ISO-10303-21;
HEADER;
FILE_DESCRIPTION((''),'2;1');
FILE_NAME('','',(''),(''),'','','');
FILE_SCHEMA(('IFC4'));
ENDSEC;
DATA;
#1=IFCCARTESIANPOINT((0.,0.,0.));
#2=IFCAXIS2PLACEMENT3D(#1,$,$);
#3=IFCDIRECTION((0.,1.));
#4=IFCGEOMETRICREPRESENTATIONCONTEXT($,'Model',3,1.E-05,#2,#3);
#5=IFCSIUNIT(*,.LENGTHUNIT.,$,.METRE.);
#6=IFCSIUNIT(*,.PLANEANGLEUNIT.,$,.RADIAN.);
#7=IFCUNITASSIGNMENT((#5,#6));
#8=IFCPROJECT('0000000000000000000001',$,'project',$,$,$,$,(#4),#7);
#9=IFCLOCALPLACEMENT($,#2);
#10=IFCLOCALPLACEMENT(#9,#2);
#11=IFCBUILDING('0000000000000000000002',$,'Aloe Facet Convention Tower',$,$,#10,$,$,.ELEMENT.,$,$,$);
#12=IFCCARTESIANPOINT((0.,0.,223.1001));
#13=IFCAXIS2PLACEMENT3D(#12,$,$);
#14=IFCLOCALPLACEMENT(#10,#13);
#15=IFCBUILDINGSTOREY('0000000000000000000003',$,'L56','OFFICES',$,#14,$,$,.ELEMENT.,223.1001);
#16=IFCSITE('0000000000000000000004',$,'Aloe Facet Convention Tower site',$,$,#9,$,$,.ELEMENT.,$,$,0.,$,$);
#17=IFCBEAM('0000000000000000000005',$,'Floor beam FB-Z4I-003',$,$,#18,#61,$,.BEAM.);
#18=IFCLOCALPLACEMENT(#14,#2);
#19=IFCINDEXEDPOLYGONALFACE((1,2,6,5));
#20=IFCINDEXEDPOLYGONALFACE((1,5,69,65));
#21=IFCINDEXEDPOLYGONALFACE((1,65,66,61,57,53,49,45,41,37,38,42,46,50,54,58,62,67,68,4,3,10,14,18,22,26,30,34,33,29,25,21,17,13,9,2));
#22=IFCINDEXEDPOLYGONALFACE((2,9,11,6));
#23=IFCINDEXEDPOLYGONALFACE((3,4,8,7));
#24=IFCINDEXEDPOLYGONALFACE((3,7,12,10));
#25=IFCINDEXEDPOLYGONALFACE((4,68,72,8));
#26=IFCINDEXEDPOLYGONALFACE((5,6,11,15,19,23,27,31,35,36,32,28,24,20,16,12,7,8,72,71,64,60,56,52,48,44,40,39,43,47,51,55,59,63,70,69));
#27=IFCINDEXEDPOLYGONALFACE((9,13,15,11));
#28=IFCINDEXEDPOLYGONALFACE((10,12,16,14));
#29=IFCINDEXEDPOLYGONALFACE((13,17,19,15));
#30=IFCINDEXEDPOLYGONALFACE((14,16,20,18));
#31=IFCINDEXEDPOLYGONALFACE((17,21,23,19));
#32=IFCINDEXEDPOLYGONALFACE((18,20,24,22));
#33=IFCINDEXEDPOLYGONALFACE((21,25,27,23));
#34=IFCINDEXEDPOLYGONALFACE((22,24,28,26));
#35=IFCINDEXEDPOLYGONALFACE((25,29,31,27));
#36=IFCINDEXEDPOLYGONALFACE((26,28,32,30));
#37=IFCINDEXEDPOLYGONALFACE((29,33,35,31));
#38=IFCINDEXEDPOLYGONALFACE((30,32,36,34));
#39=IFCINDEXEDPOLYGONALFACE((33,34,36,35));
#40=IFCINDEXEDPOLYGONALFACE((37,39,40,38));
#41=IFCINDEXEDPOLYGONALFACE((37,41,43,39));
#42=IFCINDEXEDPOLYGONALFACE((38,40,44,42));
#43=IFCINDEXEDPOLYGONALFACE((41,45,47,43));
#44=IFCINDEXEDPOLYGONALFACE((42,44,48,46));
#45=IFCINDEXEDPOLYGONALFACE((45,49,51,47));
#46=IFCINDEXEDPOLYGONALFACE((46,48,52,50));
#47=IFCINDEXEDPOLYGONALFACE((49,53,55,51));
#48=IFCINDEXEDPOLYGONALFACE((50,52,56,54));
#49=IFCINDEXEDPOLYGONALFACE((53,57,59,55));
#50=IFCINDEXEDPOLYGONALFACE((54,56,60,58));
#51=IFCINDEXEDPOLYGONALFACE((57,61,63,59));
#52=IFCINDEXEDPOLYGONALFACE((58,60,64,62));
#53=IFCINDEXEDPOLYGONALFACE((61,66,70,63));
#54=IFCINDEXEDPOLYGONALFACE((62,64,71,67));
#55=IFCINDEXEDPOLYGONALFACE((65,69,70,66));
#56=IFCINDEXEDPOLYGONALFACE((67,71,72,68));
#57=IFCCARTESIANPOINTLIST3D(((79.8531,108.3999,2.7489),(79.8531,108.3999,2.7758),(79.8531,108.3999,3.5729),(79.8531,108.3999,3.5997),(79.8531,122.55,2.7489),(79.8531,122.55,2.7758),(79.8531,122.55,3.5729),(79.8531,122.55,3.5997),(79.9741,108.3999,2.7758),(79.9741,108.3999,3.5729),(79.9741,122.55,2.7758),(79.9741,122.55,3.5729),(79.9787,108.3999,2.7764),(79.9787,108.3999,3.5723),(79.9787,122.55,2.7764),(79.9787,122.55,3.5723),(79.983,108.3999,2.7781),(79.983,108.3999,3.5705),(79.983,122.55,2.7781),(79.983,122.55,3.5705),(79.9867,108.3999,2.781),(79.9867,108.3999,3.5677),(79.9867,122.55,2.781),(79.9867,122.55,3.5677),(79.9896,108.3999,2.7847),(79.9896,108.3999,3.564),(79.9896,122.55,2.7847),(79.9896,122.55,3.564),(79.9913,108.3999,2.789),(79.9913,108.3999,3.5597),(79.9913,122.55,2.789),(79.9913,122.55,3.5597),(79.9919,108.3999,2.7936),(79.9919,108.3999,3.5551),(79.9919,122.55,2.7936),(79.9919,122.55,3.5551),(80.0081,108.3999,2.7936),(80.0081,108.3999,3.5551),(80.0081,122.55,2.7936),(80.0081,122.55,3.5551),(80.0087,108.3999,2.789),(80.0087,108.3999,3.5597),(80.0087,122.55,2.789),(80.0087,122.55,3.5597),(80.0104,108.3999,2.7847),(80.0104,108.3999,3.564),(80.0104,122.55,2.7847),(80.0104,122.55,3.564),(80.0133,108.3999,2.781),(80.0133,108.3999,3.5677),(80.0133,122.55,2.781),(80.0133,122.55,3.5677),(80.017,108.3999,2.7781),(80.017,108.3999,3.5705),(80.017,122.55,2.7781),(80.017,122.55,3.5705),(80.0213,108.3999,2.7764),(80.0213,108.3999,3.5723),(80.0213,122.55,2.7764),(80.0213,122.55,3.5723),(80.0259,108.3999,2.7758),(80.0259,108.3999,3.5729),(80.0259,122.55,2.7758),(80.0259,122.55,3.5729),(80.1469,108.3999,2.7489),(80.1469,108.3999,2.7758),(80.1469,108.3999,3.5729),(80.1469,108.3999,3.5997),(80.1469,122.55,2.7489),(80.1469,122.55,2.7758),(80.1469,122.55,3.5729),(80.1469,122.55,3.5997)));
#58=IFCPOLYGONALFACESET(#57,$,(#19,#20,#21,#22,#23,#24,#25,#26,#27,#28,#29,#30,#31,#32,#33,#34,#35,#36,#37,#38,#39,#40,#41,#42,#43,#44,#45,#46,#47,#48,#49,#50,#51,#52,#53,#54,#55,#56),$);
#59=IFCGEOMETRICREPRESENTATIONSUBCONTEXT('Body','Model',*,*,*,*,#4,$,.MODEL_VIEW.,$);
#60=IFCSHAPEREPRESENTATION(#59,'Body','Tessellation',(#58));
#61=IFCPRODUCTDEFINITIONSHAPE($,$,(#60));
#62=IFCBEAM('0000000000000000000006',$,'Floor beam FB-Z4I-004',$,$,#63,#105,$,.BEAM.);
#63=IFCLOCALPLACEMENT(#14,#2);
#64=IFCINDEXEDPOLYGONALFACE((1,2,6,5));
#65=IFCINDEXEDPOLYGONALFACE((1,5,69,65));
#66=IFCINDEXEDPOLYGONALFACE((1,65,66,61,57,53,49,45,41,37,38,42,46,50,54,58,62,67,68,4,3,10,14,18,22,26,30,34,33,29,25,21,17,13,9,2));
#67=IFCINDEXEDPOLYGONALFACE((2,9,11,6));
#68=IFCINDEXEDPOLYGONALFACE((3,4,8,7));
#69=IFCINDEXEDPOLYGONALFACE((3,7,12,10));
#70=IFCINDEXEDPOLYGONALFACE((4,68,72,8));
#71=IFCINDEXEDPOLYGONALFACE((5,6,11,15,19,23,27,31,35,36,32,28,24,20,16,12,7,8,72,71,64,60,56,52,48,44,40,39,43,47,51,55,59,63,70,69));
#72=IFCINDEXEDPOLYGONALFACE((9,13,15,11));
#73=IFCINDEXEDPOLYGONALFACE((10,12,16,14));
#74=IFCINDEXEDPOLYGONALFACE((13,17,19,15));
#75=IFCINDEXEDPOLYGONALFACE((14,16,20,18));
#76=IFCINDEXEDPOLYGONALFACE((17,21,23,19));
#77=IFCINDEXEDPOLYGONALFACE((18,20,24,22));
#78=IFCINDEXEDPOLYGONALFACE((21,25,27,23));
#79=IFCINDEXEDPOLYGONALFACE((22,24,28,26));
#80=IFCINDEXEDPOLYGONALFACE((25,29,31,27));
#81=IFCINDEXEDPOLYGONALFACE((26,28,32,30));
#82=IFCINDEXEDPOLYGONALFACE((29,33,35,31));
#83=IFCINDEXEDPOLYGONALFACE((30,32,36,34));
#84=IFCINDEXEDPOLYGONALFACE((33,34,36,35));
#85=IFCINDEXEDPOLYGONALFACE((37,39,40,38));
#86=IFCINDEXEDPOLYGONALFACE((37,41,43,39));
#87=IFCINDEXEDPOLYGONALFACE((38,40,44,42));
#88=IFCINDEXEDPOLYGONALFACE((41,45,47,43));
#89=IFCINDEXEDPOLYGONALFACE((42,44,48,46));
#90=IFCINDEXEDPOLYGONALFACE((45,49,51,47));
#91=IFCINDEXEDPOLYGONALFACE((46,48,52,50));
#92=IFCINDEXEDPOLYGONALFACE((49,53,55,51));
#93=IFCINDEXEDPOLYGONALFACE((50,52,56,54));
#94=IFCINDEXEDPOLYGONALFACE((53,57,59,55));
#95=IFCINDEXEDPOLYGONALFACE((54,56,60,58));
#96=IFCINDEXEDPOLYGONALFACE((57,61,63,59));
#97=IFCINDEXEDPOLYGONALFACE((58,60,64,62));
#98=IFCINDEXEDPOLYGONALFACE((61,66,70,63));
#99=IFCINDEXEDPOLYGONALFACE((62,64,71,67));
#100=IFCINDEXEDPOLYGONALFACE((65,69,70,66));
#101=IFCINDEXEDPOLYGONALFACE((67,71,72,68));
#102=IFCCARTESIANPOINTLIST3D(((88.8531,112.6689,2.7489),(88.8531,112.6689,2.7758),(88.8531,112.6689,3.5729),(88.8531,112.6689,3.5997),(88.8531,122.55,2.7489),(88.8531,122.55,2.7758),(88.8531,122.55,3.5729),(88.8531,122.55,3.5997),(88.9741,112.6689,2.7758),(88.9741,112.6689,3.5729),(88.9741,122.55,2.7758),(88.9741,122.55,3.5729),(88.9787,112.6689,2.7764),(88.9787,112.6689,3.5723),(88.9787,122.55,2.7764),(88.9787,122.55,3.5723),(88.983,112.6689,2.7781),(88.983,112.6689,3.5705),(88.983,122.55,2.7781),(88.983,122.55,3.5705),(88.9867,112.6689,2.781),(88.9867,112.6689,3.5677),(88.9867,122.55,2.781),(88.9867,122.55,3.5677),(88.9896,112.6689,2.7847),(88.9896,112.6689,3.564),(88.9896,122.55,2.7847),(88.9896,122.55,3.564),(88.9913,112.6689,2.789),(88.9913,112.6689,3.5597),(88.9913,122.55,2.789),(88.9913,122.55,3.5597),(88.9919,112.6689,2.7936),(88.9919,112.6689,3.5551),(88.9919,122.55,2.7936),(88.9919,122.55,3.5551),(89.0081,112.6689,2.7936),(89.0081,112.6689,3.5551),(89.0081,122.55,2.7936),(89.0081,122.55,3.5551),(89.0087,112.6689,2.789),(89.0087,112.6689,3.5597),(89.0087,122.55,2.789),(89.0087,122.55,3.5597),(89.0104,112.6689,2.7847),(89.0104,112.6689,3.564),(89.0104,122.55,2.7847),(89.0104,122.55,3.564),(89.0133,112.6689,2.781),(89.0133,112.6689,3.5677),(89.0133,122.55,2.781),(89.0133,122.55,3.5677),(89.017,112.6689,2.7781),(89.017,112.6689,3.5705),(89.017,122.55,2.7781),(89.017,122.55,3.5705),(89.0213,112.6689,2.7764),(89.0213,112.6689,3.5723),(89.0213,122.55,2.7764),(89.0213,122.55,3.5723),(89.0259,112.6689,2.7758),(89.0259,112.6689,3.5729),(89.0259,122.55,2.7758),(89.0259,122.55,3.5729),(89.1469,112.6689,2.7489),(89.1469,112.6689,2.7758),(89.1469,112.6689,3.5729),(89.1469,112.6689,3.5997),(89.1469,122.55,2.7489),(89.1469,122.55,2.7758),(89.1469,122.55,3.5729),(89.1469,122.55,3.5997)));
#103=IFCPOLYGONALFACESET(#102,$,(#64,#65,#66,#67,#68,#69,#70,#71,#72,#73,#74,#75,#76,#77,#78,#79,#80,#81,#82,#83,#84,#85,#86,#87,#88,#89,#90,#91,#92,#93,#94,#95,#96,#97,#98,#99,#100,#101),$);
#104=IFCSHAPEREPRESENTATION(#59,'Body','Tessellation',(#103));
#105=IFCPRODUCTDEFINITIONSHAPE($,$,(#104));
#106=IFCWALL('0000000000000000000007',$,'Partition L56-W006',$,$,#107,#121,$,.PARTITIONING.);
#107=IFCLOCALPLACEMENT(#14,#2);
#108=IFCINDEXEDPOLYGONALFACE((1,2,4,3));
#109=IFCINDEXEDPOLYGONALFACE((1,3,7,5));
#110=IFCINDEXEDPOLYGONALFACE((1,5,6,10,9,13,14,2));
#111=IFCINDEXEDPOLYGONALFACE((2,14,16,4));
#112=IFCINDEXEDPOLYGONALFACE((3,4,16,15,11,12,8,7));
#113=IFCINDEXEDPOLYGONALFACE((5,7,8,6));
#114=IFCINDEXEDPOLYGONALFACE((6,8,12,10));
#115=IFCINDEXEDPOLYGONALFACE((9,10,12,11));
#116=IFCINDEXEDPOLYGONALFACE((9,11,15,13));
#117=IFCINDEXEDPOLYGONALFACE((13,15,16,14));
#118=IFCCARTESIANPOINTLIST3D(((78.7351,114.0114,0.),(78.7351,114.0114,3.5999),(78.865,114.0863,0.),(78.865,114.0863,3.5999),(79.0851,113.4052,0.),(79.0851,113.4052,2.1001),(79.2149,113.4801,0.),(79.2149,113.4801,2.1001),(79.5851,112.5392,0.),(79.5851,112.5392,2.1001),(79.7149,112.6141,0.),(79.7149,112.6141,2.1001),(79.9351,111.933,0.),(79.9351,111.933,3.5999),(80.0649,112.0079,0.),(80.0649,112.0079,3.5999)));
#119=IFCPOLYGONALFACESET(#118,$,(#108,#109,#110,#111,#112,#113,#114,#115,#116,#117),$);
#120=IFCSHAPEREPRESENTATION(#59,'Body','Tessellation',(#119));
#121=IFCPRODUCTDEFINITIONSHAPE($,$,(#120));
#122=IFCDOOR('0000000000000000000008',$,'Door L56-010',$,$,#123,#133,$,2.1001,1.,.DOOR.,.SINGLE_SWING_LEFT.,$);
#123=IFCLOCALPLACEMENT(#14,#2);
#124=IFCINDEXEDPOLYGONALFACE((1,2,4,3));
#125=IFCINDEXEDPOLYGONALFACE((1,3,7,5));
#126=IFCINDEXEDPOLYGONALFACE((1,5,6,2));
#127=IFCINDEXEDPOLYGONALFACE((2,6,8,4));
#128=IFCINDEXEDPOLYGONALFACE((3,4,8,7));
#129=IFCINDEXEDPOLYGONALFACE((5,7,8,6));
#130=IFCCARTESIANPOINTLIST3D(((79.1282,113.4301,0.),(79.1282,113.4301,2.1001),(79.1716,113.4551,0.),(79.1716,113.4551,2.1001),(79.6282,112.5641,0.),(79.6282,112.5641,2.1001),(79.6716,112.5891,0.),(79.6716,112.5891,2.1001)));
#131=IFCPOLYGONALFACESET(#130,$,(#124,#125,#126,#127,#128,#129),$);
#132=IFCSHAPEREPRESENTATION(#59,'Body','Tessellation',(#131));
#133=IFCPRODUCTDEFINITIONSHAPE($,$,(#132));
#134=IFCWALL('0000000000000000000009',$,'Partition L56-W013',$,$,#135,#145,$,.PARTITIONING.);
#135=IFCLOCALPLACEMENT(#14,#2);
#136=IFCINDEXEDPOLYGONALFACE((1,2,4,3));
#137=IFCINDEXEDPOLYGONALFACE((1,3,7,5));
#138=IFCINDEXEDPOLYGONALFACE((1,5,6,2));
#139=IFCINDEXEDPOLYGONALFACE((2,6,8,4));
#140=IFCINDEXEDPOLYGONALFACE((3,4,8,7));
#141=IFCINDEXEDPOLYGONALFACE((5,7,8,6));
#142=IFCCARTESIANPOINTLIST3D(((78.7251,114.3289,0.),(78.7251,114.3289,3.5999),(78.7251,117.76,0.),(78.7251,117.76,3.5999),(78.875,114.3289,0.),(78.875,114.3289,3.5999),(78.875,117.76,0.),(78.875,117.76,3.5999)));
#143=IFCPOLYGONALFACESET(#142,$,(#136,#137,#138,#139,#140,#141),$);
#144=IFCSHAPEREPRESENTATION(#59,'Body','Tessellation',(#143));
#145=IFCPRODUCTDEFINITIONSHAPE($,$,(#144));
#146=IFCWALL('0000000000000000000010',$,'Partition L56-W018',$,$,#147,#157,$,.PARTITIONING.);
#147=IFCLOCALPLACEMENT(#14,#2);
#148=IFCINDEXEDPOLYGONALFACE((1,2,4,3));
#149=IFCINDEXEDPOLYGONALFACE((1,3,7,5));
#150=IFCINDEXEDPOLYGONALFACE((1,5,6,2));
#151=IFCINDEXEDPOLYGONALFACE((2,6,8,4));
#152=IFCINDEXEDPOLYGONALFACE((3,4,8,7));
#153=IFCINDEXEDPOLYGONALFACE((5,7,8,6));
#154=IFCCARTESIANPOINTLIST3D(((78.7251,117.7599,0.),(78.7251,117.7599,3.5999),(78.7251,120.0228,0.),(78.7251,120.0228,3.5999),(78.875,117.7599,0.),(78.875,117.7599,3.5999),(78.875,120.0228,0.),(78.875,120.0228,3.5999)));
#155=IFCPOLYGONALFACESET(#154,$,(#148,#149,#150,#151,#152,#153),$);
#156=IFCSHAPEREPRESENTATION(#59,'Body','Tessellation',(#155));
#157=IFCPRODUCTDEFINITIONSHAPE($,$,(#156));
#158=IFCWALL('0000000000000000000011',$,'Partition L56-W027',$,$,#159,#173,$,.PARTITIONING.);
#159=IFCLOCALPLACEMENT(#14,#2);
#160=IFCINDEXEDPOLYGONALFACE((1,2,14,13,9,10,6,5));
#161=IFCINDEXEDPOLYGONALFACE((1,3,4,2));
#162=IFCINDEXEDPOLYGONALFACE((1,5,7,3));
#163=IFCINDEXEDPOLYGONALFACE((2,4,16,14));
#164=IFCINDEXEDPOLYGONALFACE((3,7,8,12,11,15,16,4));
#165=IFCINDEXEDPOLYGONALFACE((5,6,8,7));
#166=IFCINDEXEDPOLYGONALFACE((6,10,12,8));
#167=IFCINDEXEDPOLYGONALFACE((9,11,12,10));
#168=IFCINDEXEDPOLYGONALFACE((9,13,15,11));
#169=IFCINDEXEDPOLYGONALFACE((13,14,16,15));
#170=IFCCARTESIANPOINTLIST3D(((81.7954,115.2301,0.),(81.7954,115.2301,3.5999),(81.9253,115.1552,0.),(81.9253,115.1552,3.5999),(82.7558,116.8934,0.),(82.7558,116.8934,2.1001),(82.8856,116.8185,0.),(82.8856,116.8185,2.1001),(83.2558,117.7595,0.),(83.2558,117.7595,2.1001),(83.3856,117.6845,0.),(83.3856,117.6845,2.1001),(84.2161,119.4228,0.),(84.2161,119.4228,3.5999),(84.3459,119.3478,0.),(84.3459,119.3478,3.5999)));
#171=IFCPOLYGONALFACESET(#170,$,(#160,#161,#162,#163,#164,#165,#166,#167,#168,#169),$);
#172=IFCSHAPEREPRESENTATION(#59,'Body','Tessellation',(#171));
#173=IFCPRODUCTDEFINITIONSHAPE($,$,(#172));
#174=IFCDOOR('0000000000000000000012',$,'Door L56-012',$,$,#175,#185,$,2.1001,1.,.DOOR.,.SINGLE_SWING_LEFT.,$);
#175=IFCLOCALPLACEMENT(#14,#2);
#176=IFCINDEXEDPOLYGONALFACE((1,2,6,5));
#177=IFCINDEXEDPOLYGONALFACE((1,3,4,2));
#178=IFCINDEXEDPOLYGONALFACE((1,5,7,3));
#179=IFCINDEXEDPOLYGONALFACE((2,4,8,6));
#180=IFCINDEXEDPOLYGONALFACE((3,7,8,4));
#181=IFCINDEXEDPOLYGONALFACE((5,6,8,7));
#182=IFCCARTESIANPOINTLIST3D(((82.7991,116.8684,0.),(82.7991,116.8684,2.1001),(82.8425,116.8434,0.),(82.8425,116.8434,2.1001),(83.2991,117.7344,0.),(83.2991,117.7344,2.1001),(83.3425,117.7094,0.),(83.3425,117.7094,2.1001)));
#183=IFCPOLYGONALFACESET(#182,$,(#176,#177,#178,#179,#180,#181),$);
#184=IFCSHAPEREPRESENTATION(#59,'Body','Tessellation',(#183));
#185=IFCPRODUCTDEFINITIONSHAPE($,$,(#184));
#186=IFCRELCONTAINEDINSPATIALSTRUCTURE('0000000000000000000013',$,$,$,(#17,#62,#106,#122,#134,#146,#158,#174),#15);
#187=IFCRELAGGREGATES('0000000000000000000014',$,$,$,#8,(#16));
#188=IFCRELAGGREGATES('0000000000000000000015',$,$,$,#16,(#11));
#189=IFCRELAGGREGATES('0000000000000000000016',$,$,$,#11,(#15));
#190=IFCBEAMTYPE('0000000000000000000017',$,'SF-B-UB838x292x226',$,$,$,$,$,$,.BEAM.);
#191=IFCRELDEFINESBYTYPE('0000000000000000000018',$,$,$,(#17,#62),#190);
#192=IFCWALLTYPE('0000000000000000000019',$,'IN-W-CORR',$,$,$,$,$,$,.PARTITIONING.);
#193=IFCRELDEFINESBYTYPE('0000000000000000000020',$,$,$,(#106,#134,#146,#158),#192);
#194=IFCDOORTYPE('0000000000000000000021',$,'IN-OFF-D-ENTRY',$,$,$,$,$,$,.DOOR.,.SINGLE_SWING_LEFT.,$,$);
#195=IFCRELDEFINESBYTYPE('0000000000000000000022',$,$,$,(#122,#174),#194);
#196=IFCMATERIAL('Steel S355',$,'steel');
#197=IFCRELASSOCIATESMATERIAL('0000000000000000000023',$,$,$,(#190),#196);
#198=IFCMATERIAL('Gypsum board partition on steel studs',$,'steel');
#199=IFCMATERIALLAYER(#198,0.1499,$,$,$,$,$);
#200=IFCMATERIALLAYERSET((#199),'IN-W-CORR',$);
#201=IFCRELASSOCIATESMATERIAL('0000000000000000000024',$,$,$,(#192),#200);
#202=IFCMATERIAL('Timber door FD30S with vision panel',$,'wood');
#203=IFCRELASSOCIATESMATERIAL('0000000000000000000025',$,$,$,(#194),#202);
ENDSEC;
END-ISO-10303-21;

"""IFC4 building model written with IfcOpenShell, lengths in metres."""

from ifc_helpers import new_model, si_unit, direction, frame, frame_2d, origin, origin_2d, place, context, subcontext, project, spatial, rectangle, i_section, extrude, material, layer, layer_set, material_profile, profile_set, type_object, element, fill, save


model = new_model("IFC4")

# Units and contexts
model_context = context("Model", 3, precision=1e-05, world=origin(), true_north=direction((0.0, 1.0)))
body_context = subcontext(model_context, "Body", "Model", "MODEL_VIEW")
ifc_project = project(units=[si_unit("LENGTHUNIT", "METRE"), si_unit("PLANEANGLEUNIT", "RADIAN")], contexts=[model_context])

# Site, building, storey
site_placement = place(None, origin())
site = spatial("IfcSite", under=ifc_project, at=site_placement, Name="Aloe Facet Convention Tower site", CompositionType="ELEMENT", RefElevation=0.0)
building_placement = place(site_placement, origin())
building = spatial("IfcBuilding", under=site, at=building_placement, Name="Aloe Facet Convention Tower", CompositionType="ELEMENT")
storey_placement = place(building_placement, frame((0.0, 0.0, 223.1001)))
storey = spatial("IfcBuildingStorey", under=building, at=storey_placement, Name="L56", Description="OFFICES", CompositionType="ELEMENT", Elevation=223.1001)

# Beams
ifc_material_1 = material(Name="Steel S355", Category="steel")
ifc_material_profile_1 = material_profile(ifc_material_1, i_section(OverallWidth=0.2937, OverallDepth=0.8508, WebThickness=0.0161, FlangeThickness=0.0269, FilletRadius=0.0178, at=origin_2d()), Name="UB 838x292x226")
ifc_profile_set_1 = profile_set([ifc_material_profile_1], Name="Steel S355")
beam_type_1 = type_object("IfcBeamType", Name="SF-B-UB838x292x226", PredefinedType="BEAM", material=ifc_profile_set_1)
beam_1_placement = place(storey_placement, frame((80.0, 122.55, 3.1743), z_axis=(0.0, -1.0, 0.0), x_axis=(1.0, 0.0, 0.0)))
element("IfcBeam", 1, at=beam_1_placement, inside=storey, type_object=beam_type_1, Name="Floor beam FB-Z4I-003", PredefinedType="BEAM", context=body_context, shape_type="SweptSolid", body=[
    extrude(i_section(OverallWidth=0.2937, OverallDepth=0.8508, WebThickness=0.0161, FlangeThickness=0.0269, FilletRadius=0.0178, at=origin_2d()), origin(), (0.0, 0.0, 1.0), 14.1501),
])
beam_2_placement = place(storey_placement, frame((89.0, 122.55, 3.1743), z_axis=(0.0, -1.0, 0.0), x_axis=(1.0, 0.0, 0.0)))
element("IfcBeam", 2, at=beam_2_placement, inside=storey, type_object=beam_type_1, Name="Floor beam FB-Z4I-004", PredefinedType="BEAM", context=body_context, shape_type="SweptSolid", body=[
    extrude(i_section(OverallWidth=0.2937, OverallDepth=0.8508, WebThickness=0.0161, FlangeThickness=0.0269, FilletRadius=0.0178, at=origin_2d()), origin(), (0.0, 0.0, 1.0), 9.8811),
])

# Wall, opening, door
ifc_material_2 = material(Name="Gypsum board partition on steel studs", Category="steel")
ifc_layer_1 = layer(ifc_material_2, 0.1499)
ifc_layer_set_1 = layer_set([ifc_layer_1], Name="IN-W-CORR")
wall_type_1 = type_object("IfcWallType", Name="IN-W-CORR", PredefinedType="PARTITIONING", material=ifc_layer_set_1)
wall_1_placement = place(storey_placement, frame((78.8, 114.0488, 0.0), z_axis=(0.0, 0.0, 1.0), x_axis=(0.500001, -0.866025, 0.0)))
wall_1 = element("IfcWall", 3, at=wall_1_placement, inside=storey, type_object=wall_type_1, Name="Partition L56-W006", PredefinedType="PARTITIONING", context=body_context, shape_type="SweptSolid", body=[
    extrude(rectangle(XDim=2.3999, YDim=0.1499, at=frame_2d((1.2, 0.0))), origin(), (0.0, 0.0, 1.0), 3.5999),
])
opening_1_placement = place(wall_1_placement, frame((0.7, 0.0, 0.0)))
opening_1 = element("IfcOpeningElement", 4, at=opening_1_placement, cuts=wall_1, PredefinedType="OPENING", context=body_context, shape_type="SweptSolid", body=[
    extrude(rectangle(XDim=1.0, YDim=2.1001, at=frame_2d((0.5, 1.05))), frame((0.0, 0.085, 0.0), z_axis=(0.0, -1.0, 0.0), x_axis=(1.0, 0.0, 0.0)), (0.0, 0.0, 1.0), 0.1699),
])
ifc_material_3 = material(Name="Timber door FD30S with vision panel", Category="wood")
door_type_1 = type_object("IfcDoorType", Name="IN-OFF-D-ENTRY", OperationType="SINGLE_SWING_LEFT", PredefinedType="DOOR", material=ifc_material_3)
door_1_placement = place(opening_1_placement, origin())
door_1 = element("IfcDoor", 5, at=door_1_placement, inside=storey, type_object=door_type_1, Name="Door L56-010", OperationType="SINGLE_SWING_LEFT", OverallHeight=2.1001, OverallWidth=1.0, PredefinedType="DOOR", context=body_context, shape_type="SweptSolid", body=[
    extrude(rectangle(XDim=1.0, YDim=2.1001, at=frame_2d((0.5, 1.05))), frame((0.0, 0.0249, 0.0), z_axis=(0.0, -1.0, 0.0), x_axis=(1.0, 0.0, 0.0)), (0.0, 0.0, 1.0), 0.05),
])
fill(opening_1, door_1)

# Walls
wall_2_placement = place(storey_placement, frame((78.8, 114.3289, 0.0), z_axis=(0.0, 0.0, 1.0), x_axis=(0.0, 1.0, 0.0)))
element("IfcWall", 6, at=wall_2_placement, inside=storey, type_object=wall_type_1, Name="Partition L56-W013", PredefinedType="PARTITIONING", context=body_context, shape_type="SweptSolid", body=[
    extrude(rectangle(XDim=3.4312, YDim=0.1499, at=frame_2d((1.7156, 0.0))), origin(), (0.0, 0.0, 1.0), 3.5999),
])
wall_3_placement = place(storey_placement, frame((78.8, 117.76, 0.0), z_axis=(0.0, 0.0, 1.0), x_axis=(0.0, 1.0, 0.0)))
element("IfcWall", 7, at=wall_3_placement, inside=storey, type_object=wall_type_1, Name="Partition L56-W018", PredefinedType="PARTITIONING", context=body_context, shape_type="SweptSolid", body=[
    extrude(rectangle(XDim=2.2629, YDim=0.1499, at=frame_2d((1.1313, 0.0))), origin(), (0.0, 0.0, 1.0), 3.5999),
])

# Wall, opening, door
wall_4_placement = place(storey_placement, frame((81.8604, 115.1926, 0.0), z_axis=(0.0, 0.0, 1.0), x_axis=(0.500006, 0.866022, 0.0)))
wall_4 = element("IfcWall", 8, at=wall_4_placement, inside=storey, type_object=wall_type_1, Name="Partition L56-W027", PredefinedType="PARTITIONING", context=body_context, shape_type="SweptSolid", body=[
    extrude(rectangle(XDim=4.8413, YDim=0.1499, at=frame_2d((2.4207, 0.0))), origin(), (0.0, 0.0, 1.0), 3.5999),
])
opening_2_placement = place(wall_4_placement, frame((1.9207, 0.0, 0.0)))
opening_2 = element("IfcOpeningElement", 9, at=opening_2_placement, cuts=wall_4, PredefinedType="OPENING", context=body_context, shape_type="SweptSolid", body=[
    extrude(rectangle(XDim=1.0, YDim=2.1001, at=frame_2d((0.5, 1.05))), frame((0.0, 0.085, 0.0), z_axis=(0.0, -1.0, 0.0), x_axis=(1.0, 0.0, 0.0)), (0.0, 0.0, 1.0), 0.1699),
])
door_2_placement = place(opening_2_placement, origin())
door_2 = element("IfcDoor", 10, at=door_2_placement, inside=storey, type_object=door_type_1, Name="Door L56-012", OperationType="SINGLE_SWING_LEFT", OverallHeight=2.1001, OverallWidth=1.0, PredefinedType="DOOR", context=body_context, shape_type="SweptSolid", body=[
    extrude(rectangle(XDim=1.0, YDim=2.1001, at=frame_2d((0.5, 1.05))), frame((0.0, 0.0249, 0.0), z_axis=(0.0, -1.0, 0.0), x_axis=(1.0, 0.0, 0.0)), (0.0, 0.0, 1.0), 0.05),
])
fill(opening_2, door_2)

save(model, "model.ifc")
